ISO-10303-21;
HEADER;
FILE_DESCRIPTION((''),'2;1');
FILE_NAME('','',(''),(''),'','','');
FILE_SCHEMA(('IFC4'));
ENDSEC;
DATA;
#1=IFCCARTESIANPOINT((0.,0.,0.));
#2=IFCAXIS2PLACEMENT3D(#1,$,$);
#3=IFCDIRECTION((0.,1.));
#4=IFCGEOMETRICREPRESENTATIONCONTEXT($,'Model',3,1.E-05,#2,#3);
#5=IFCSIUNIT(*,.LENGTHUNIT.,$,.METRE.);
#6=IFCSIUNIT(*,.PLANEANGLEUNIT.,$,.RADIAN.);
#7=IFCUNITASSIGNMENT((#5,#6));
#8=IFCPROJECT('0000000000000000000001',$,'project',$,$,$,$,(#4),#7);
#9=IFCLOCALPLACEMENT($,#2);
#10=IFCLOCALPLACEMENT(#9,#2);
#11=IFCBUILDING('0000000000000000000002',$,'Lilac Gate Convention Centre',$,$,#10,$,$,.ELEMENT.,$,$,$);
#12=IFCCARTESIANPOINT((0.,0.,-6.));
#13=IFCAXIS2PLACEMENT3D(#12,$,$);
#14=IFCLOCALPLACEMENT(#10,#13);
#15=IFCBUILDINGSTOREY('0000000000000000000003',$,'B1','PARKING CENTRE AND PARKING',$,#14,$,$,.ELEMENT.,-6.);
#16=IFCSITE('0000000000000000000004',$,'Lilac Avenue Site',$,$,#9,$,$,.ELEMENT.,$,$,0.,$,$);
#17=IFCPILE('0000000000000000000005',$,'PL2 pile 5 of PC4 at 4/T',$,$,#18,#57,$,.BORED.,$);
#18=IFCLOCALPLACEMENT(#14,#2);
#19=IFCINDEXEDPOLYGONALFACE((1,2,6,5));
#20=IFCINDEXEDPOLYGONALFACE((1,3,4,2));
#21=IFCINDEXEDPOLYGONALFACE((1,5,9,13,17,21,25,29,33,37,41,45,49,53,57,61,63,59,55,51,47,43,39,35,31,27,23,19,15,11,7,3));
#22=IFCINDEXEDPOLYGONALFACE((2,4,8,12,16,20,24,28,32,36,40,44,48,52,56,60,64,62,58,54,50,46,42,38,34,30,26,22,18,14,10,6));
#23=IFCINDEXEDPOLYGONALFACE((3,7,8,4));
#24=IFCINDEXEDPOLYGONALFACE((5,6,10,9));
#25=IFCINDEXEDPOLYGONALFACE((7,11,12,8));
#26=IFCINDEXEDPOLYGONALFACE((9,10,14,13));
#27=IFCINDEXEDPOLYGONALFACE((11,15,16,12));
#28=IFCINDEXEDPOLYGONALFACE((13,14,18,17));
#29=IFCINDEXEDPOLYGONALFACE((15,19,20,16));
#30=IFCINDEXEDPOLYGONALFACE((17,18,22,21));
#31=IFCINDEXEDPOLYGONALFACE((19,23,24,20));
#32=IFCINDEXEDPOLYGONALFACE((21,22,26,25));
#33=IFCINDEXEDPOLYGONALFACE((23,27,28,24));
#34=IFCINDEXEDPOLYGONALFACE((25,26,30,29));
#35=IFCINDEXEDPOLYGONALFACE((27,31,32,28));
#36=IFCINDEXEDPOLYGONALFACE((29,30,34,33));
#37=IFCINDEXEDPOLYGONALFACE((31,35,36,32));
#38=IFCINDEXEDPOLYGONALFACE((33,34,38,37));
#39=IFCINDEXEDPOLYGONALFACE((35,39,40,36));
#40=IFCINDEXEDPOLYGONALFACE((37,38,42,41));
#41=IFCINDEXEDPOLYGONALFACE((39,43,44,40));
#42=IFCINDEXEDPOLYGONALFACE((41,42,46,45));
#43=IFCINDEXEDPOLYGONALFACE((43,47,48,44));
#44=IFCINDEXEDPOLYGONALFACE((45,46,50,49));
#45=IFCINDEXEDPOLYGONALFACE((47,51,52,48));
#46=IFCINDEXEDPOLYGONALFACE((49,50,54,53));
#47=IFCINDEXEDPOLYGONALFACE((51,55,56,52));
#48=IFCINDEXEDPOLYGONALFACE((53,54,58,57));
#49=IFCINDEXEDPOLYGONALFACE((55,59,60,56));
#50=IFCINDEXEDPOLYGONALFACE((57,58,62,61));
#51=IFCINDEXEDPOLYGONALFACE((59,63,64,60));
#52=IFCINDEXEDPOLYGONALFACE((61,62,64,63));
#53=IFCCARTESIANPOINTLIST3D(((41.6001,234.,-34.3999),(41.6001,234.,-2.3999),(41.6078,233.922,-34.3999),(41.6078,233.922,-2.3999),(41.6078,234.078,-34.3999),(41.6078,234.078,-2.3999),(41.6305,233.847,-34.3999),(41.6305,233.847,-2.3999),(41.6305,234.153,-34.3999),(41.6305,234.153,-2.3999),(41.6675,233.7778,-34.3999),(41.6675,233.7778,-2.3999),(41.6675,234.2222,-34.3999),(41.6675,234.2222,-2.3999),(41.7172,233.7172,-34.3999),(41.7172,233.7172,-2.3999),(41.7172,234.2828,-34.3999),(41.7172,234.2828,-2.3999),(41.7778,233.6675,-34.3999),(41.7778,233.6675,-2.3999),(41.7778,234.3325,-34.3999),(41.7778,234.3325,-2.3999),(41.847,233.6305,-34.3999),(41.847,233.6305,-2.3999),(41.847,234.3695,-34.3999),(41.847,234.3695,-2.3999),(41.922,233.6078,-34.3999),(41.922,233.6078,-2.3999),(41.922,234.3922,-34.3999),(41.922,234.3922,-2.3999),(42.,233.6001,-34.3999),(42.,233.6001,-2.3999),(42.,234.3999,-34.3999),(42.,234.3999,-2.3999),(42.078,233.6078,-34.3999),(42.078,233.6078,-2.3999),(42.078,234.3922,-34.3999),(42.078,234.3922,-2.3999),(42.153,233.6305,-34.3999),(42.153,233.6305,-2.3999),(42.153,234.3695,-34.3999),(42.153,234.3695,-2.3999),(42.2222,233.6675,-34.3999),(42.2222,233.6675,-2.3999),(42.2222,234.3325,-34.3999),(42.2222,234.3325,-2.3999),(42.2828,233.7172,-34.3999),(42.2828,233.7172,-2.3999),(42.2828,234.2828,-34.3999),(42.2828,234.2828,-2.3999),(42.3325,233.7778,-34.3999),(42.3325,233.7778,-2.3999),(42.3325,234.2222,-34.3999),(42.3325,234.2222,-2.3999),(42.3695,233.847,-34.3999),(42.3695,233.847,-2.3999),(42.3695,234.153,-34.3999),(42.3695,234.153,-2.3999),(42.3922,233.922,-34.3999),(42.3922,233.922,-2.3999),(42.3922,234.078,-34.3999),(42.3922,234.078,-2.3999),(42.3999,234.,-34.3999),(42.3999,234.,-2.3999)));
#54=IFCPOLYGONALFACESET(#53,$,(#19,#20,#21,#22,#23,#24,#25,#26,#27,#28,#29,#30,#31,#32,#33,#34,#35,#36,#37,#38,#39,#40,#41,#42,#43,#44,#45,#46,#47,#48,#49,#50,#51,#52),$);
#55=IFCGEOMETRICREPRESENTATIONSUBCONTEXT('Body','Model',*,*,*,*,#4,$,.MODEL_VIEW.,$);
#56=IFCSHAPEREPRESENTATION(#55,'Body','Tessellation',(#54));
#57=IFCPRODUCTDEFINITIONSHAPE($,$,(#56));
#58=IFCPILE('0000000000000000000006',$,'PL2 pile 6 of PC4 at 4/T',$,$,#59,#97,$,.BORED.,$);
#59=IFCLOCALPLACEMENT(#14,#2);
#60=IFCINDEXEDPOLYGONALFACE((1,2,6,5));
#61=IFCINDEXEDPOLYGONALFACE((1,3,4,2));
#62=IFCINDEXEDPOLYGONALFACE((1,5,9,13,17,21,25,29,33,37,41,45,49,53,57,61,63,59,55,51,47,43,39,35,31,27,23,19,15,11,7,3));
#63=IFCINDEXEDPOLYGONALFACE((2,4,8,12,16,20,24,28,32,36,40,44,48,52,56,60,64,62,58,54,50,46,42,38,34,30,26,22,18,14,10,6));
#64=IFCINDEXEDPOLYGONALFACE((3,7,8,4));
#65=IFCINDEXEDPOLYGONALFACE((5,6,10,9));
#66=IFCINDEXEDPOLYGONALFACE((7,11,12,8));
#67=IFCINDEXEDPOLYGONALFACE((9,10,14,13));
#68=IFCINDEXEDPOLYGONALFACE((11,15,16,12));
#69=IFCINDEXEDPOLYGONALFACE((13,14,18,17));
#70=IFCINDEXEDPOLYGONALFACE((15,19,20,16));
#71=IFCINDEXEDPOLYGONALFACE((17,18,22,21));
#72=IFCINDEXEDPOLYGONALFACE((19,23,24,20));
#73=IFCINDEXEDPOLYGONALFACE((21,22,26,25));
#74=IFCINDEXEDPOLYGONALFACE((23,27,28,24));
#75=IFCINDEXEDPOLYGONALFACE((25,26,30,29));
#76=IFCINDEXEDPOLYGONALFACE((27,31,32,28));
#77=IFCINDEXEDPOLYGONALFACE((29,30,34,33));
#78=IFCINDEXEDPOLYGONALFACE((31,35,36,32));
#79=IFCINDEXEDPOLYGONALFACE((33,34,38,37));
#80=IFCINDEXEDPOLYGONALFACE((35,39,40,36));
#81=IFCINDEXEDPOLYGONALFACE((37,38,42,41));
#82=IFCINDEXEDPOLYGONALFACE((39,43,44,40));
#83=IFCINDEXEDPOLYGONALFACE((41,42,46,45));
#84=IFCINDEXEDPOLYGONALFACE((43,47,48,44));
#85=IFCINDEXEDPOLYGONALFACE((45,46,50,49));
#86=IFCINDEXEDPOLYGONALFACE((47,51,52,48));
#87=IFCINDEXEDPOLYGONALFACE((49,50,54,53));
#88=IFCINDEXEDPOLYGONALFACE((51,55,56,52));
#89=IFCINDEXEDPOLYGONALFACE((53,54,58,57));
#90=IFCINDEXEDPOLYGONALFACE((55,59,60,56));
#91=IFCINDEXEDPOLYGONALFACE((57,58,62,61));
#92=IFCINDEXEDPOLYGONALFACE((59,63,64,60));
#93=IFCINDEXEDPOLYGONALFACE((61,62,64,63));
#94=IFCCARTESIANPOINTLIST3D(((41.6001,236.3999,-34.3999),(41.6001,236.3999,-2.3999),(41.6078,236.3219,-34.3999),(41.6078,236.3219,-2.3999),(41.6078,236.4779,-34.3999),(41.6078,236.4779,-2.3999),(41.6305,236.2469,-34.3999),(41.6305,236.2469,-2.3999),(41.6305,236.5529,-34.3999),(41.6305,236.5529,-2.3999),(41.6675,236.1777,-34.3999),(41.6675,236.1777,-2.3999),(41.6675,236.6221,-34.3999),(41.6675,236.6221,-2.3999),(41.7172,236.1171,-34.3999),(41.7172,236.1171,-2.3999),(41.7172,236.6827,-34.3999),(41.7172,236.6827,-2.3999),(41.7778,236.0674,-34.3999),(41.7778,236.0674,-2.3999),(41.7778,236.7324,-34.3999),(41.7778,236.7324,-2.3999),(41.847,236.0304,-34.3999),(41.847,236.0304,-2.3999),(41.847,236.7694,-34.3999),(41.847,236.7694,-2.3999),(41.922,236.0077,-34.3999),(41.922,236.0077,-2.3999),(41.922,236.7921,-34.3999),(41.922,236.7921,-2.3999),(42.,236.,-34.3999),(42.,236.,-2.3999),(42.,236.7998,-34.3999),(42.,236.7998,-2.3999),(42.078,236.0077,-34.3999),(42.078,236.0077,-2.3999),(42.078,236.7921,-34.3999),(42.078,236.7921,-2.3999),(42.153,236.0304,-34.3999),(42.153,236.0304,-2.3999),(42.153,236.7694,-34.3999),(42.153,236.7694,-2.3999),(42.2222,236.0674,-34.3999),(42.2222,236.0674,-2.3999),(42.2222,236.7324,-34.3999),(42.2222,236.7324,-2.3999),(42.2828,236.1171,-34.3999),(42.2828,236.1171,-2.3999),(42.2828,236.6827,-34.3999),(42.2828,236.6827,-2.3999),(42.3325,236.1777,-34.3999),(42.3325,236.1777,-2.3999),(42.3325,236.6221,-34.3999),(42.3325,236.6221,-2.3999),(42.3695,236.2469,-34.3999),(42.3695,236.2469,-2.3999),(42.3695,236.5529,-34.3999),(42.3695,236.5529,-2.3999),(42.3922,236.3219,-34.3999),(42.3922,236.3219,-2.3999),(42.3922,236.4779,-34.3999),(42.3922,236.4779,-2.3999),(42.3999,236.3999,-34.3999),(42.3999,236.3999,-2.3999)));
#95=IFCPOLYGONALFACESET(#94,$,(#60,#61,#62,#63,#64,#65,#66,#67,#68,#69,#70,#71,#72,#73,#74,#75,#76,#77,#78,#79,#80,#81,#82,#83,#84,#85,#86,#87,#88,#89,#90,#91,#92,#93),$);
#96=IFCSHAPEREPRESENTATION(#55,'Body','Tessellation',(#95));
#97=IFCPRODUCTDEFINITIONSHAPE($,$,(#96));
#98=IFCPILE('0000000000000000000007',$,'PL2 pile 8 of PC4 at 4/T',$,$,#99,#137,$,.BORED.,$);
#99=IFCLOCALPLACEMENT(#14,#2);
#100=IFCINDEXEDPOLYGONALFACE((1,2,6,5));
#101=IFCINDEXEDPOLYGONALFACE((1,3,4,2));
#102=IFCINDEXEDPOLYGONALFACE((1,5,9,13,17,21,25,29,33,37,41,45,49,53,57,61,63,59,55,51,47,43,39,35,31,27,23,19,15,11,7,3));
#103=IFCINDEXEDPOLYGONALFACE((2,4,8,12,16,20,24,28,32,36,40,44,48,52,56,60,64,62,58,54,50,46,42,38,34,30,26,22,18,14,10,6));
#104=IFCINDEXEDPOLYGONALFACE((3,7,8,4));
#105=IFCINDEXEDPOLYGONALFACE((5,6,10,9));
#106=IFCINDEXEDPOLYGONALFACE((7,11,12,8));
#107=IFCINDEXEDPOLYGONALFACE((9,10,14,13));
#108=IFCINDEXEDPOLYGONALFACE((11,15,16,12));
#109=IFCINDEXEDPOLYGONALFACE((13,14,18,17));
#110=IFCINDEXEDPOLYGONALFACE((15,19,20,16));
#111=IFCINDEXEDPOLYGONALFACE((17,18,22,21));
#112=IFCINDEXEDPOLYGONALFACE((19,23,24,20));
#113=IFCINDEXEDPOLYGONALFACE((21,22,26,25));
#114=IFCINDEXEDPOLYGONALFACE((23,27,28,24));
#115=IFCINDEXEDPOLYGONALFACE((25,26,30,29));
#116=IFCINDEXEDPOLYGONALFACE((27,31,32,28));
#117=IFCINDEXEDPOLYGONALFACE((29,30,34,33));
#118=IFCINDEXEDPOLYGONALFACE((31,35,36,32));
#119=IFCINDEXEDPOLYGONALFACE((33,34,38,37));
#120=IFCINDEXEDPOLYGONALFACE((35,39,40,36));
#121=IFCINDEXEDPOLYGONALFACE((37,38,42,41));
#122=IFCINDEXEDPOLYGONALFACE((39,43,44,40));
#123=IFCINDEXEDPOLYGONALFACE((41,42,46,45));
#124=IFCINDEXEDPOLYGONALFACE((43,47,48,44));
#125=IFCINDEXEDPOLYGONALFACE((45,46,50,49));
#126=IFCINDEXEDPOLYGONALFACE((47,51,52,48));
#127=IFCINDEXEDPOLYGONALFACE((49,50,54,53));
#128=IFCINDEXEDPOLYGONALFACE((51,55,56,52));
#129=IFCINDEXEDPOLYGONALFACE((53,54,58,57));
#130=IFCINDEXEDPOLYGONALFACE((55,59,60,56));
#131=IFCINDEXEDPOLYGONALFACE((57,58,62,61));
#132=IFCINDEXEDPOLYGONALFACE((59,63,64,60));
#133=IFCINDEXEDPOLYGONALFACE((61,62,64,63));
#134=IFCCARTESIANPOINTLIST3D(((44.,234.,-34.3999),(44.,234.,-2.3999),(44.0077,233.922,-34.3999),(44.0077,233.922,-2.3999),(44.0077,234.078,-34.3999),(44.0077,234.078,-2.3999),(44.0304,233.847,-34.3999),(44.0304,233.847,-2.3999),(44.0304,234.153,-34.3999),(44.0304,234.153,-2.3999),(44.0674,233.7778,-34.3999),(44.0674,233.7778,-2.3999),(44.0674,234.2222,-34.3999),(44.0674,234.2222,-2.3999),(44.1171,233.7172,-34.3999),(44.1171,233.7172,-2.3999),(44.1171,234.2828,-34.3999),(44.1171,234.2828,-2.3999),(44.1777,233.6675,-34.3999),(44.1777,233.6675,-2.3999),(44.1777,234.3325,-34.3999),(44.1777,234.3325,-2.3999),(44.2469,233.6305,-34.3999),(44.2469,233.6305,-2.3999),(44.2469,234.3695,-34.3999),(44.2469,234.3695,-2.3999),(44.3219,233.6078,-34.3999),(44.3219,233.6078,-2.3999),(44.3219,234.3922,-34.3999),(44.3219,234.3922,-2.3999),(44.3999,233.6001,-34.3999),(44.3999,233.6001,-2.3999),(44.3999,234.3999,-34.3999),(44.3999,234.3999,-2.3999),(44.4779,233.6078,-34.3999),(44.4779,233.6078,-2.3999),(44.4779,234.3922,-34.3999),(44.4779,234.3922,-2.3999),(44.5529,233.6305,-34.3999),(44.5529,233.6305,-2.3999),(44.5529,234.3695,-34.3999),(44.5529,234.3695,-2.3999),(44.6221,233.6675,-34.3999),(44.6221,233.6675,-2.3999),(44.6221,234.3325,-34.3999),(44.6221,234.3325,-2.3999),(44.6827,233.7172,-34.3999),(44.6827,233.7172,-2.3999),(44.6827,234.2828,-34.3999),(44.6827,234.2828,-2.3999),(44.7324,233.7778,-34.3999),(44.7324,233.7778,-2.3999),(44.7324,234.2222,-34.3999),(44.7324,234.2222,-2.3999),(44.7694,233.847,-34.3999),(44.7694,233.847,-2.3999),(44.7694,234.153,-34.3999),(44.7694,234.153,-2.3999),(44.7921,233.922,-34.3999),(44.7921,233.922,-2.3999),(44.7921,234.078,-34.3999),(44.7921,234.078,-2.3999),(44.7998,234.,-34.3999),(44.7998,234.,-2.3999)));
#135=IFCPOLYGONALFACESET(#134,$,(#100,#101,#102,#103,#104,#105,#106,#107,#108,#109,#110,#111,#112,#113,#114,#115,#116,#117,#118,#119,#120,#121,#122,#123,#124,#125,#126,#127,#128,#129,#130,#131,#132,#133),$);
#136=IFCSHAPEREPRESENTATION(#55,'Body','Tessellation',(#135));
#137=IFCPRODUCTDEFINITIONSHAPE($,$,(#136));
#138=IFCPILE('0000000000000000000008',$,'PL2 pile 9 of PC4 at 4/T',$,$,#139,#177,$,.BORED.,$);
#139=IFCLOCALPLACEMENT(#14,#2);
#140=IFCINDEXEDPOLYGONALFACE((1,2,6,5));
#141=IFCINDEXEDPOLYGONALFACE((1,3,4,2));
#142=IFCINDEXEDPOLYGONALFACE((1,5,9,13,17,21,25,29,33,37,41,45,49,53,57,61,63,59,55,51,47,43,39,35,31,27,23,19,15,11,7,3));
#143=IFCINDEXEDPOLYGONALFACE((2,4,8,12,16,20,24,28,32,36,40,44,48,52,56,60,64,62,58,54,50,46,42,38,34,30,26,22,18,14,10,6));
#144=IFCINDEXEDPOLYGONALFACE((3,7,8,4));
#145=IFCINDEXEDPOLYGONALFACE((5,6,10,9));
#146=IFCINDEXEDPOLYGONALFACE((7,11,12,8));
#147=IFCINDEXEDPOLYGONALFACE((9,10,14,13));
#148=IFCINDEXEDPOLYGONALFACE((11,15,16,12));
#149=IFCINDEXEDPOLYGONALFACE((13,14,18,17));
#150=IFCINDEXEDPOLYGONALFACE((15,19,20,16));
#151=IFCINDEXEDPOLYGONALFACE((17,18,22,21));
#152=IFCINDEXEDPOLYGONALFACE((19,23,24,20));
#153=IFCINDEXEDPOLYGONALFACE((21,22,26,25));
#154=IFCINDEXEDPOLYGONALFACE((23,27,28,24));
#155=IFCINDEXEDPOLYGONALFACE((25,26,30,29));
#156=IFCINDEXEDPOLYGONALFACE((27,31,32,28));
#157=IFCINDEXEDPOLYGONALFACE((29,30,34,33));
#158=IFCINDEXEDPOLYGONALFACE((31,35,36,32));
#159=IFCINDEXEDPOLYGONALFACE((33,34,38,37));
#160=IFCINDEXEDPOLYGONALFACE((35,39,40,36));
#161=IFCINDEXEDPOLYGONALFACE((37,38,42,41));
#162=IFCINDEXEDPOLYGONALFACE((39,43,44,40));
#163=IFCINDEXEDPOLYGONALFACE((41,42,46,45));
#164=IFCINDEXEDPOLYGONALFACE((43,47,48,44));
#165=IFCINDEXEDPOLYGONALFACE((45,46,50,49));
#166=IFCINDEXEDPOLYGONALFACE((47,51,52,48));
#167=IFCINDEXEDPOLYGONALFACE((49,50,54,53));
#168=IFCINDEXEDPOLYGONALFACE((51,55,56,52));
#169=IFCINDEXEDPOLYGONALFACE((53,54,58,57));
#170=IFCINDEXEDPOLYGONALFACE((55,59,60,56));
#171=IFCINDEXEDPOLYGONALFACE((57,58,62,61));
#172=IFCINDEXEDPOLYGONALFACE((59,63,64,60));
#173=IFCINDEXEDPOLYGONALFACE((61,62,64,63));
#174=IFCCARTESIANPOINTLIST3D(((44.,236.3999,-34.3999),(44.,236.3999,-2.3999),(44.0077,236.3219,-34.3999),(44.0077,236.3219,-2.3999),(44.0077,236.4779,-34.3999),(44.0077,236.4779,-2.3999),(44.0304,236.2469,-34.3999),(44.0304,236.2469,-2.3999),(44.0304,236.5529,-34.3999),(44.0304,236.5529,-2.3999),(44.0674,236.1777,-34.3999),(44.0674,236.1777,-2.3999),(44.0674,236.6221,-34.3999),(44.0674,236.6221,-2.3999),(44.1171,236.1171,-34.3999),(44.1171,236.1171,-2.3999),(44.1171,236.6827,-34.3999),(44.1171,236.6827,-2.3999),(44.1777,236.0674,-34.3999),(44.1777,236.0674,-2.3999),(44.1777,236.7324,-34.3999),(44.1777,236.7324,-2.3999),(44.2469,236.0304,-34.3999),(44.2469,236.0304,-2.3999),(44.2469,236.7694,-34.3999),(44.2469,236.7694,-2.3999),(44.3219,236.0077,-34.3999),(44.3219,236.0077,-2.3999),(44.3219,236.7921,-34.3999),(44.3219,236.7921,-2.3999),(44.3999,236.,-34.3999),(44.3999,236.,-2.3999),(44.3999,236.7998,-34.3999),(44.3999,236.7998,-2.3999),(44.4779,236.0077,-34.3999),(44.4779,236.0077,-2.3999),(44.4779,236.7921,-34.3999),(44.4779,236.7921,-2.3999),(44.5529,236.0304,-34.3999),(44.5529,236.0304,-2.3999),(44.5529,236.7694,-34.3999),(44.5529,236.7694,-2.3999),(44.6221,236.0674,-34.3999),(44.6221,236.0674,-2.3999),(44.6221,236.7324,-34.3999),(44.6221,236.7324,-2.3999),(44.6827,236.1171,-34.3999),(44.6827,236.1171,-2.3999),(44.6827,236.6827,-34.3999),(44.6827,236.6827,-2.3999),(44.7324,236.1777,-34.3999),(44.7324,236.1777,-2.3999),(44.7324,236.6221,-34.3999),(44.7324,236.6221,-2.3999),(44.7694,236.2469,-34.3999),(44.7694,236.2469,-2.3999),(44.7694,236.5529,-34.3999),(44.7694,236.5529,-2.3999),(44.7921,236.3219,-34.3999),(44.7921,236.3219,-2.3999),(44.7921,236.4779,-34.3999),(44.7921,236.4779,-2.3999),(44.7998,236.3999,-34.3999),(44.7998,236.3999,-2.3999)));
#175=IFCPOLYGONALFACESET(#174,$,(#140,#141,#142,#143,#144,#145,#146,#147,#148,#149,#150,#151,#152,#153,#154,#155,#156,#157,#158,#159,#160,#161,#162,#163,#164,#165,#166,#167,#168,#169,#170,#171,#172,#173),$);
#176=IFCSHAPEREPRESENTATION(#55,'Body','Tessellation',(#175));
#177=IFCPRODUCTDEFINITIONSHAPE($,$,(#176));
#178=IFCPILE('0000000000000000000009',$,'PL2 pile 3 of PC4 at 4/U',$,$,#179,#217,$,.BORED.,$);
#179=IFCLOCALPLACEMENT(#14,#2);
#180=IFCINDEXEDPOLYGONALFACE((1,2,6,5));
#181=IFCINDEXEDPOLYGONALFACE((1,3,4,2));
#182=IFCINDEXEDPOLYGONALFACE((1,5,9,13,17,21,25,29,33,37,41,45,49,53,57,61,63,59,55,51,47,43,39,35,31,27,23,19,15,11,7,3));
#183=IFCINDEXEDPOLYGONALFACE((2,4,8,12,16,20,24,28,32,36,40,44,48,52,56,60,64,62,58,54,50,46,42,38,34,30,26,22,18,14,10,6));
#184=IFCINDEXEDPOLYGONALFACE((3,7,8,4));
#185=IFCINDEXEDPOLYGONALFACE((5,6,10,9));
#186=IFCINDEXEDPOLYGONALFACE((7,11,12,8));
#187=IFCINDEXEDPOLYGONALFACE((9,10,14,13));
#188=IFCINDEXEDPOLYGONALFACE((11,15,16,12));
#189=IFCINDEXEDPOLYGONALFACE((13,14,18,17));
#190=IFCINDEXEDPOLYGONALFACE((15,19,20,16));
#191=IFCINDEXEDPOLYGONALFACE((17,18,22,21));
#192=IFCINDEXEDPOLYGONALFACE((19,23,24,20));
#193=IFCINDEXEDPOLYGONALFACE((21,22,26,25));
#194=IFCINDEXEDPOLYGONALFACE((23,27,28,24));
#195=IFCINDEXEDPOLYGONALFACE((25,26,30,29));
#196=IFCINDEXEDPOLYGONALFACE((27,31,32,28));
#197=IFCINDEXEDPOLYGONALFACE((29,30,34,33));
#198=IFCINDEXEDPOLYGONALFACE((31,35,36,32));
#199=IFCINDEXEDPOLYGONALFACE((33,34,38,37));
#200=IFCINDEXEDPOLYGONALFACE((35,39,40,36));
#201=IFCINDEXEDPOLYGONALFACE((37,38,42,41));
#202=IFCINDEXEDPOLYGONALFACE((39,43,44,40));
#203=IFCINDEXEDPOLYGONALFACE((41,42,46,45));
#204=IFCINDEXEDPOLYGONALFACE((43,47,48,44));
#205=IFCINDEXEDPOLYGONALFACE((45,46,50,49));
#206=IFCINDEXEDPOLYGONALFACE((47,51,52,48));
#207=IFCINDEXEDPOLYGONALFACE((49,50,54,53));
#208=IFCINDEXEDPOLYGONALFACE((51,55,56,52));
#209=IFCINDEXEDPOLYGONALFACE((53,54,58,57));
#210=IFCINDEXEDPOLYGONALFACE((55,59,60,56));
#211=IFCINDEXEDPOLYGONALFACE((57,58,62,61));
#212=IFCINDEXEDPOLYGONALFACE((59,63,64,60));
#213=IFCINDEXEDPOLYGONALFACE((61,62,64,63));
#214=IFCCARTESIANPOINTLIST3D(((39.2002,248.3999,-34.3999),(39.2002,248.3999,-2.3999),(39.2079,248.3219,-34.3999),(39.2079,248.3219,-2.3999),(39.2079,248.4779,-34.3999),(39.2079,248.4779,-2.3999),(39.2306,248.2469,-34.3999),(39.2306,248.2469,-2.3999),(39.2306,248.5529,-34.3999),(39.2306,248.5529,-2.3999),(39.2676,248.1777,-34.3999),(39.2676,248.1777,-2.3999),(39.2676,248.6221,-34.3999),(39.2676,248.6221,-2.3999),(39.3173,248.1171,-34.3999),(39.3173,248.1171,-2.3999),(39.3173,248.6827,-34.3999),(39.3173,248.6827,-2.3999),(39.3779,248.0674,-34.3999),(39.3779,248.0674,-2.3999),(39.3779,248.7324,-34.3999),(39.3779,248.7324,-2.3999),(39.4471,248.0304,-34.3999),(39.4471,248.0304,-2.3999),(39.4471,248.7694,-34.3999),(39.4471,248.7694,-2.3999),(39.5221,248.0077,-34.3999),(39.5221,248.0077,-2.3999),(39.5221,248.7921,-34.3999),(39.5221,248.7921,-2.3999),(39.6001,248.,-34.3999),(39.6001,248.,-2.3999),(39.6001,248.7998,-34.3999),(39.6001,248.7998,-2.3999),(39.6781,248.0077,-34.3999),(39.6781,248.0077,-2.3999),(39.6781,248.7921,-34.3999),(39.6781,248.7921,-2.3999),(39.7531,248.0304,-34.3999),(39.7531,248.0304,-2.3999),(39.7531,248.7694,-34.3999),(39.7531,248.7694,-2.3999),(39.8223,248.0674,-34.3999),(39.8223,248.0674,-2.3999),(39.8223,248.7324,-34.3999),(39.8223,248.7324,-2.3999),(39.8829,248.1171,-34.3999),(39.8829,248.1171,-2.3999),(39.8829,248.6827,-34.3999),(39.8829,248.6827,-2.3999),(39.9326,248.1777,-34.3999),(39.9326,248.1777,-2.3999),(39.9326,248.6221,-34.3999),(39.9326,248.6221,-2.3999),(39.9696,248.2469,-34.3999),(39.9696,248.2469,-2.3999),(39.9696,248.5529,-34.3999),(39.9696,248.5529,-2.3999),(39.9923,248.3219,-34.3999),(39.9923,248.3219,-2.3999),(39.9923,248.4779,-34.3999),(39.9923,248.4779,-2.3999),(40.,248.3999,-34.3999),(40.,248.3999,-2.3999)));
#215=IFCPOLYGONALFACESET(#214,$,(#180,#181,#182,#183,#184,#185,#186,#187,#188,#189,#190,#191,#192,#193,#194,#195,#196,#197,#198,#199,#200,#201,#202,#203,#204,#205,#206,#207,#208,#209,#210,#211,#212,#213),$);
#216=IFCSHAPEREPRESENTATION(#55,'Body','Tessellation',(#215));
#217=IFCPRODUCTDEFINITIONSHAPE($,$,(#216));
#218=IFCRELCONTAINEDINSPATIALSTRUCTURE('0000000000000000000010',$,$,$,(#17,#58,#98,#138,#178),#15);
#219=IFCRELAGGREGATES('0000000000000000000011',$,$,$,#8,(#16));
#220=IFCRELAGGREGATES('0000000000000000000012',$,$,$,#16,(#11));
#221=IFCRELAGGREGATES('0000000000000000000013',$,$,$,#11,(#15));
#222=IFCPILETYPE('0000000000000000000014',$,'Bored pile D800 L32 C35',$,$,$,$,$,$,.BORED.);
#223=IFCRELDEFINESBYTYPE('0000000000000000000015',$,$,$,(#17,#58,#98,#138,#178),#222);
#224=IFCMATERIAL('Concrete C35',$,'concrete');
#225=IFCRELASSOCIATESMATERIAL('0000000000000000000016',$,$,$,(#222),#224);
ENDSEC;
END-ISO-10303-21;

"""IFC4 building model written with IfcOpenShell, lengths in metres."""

from ifc_helpers import new_model, si_unit, direction, frame, origin, origin_2d, place, context, subcontext, project, spatial, circle, extrude, material, material_profile, profile_set, type_object, element, save


model = new_model("IFC4")

# Units and contexts
model_context = context("Model", 3, precision=1e-05, world=origin(), true_north=direction((0.0, 1.0)))
body_context = subcontext(model_context, "Body", "Model", "MODEL_VIEW")
ifc_project = project(units=[si_unit("LENGTHUNIT", "METRE"), si_unit("PLANEANGLEUNIT", "RADIAN")], contexts=[model_context])

# Site, building, storey
site_placement = place(None, origin())
site = spatial("IfcSite", under=ifc_project, at=site_placement, Name="Lilac Avenue Site", CompositionType="ELEMENT", RefElevation=0.0)
building_placement = place(site_placement, origin())
building = spatial("IfcBuilding", under=site, at=building_placement, Name="Lilac Gate Convention Centre", CompositionType="ELEMENT")
storey_placement = place(building_placement, frame((0.0, 0.0, -6.0)))
storey = spatial("IfcBuildingStorey", under=building, at=storey_placement, Name="B1", Description="PARKING CENTRE AND PARKING", CompositionType="ELEMENT", Elevation=-6.0)

# Piles
ifc_material_1 = material(Name="Concrete C35", Category="concrete")
ifc_material_profile_1 = material_profile(ifc_material_1, circle(Radius=0.3999, at=origin_2d()), Name="D800")
ifc_profile_set_1 = profile_set([ifc_material_profile_1], Name="Concrete C35")
pile_type = type_object("IfcPileType", Name="Bored pile D800 L32 C35", PredefinedType="BORED", material=ifc_profile_set_1)
for number, where, z_axis, x_axis, name in (
    (1, (42.0, 234.0, -2.3999), (0.0, 0.0, -1.0), (1.0, 0.0, 0.0), "PL2 pile 5 of PC4 at 4/T"),
    (2, (42.0, 236.3999, -2.3999), (0.0, 0.0, -1.0), (1.0, 0.0, 0.0), "PL2 pile 6 of PC4 at 4/T"),
    (3, (44.3999, 234.0, -2.3999), (0.0, 0.0, -1.0), (1.0, 0.0, 0.0), "PL2 pile 8 of PC4 at 4/T"),
    (4, (44.3999, 236.3999, -2.3999), (0.0, 0.0, -1.0), (1.0, 0.0, 0.0), "PL2 pile 9 of PC4 at 4/T"),
    (5, (39.6001, 248.3999, -2.3999), (0.0, 0.0, -1.0), (1.0, 0.0, 0.0), "PL2 pile 3 of PC4 at 4/U"),
):
    element("IfcPile", number, at=place(storey_placement, frame(where, z_axis=z_axis, x_axis=x_axis)), inside=storey, type_object=pile_type, Name=name, PredefinedType="BORED", context=body_context, shape_type="SweptSolid", body=[
        extrude(circle(Radius=0.3999, at=origin_2d()), origin(), (0.0, 0.0, 1.0), 32.0),
    ])

save(model, "model.ifc")
